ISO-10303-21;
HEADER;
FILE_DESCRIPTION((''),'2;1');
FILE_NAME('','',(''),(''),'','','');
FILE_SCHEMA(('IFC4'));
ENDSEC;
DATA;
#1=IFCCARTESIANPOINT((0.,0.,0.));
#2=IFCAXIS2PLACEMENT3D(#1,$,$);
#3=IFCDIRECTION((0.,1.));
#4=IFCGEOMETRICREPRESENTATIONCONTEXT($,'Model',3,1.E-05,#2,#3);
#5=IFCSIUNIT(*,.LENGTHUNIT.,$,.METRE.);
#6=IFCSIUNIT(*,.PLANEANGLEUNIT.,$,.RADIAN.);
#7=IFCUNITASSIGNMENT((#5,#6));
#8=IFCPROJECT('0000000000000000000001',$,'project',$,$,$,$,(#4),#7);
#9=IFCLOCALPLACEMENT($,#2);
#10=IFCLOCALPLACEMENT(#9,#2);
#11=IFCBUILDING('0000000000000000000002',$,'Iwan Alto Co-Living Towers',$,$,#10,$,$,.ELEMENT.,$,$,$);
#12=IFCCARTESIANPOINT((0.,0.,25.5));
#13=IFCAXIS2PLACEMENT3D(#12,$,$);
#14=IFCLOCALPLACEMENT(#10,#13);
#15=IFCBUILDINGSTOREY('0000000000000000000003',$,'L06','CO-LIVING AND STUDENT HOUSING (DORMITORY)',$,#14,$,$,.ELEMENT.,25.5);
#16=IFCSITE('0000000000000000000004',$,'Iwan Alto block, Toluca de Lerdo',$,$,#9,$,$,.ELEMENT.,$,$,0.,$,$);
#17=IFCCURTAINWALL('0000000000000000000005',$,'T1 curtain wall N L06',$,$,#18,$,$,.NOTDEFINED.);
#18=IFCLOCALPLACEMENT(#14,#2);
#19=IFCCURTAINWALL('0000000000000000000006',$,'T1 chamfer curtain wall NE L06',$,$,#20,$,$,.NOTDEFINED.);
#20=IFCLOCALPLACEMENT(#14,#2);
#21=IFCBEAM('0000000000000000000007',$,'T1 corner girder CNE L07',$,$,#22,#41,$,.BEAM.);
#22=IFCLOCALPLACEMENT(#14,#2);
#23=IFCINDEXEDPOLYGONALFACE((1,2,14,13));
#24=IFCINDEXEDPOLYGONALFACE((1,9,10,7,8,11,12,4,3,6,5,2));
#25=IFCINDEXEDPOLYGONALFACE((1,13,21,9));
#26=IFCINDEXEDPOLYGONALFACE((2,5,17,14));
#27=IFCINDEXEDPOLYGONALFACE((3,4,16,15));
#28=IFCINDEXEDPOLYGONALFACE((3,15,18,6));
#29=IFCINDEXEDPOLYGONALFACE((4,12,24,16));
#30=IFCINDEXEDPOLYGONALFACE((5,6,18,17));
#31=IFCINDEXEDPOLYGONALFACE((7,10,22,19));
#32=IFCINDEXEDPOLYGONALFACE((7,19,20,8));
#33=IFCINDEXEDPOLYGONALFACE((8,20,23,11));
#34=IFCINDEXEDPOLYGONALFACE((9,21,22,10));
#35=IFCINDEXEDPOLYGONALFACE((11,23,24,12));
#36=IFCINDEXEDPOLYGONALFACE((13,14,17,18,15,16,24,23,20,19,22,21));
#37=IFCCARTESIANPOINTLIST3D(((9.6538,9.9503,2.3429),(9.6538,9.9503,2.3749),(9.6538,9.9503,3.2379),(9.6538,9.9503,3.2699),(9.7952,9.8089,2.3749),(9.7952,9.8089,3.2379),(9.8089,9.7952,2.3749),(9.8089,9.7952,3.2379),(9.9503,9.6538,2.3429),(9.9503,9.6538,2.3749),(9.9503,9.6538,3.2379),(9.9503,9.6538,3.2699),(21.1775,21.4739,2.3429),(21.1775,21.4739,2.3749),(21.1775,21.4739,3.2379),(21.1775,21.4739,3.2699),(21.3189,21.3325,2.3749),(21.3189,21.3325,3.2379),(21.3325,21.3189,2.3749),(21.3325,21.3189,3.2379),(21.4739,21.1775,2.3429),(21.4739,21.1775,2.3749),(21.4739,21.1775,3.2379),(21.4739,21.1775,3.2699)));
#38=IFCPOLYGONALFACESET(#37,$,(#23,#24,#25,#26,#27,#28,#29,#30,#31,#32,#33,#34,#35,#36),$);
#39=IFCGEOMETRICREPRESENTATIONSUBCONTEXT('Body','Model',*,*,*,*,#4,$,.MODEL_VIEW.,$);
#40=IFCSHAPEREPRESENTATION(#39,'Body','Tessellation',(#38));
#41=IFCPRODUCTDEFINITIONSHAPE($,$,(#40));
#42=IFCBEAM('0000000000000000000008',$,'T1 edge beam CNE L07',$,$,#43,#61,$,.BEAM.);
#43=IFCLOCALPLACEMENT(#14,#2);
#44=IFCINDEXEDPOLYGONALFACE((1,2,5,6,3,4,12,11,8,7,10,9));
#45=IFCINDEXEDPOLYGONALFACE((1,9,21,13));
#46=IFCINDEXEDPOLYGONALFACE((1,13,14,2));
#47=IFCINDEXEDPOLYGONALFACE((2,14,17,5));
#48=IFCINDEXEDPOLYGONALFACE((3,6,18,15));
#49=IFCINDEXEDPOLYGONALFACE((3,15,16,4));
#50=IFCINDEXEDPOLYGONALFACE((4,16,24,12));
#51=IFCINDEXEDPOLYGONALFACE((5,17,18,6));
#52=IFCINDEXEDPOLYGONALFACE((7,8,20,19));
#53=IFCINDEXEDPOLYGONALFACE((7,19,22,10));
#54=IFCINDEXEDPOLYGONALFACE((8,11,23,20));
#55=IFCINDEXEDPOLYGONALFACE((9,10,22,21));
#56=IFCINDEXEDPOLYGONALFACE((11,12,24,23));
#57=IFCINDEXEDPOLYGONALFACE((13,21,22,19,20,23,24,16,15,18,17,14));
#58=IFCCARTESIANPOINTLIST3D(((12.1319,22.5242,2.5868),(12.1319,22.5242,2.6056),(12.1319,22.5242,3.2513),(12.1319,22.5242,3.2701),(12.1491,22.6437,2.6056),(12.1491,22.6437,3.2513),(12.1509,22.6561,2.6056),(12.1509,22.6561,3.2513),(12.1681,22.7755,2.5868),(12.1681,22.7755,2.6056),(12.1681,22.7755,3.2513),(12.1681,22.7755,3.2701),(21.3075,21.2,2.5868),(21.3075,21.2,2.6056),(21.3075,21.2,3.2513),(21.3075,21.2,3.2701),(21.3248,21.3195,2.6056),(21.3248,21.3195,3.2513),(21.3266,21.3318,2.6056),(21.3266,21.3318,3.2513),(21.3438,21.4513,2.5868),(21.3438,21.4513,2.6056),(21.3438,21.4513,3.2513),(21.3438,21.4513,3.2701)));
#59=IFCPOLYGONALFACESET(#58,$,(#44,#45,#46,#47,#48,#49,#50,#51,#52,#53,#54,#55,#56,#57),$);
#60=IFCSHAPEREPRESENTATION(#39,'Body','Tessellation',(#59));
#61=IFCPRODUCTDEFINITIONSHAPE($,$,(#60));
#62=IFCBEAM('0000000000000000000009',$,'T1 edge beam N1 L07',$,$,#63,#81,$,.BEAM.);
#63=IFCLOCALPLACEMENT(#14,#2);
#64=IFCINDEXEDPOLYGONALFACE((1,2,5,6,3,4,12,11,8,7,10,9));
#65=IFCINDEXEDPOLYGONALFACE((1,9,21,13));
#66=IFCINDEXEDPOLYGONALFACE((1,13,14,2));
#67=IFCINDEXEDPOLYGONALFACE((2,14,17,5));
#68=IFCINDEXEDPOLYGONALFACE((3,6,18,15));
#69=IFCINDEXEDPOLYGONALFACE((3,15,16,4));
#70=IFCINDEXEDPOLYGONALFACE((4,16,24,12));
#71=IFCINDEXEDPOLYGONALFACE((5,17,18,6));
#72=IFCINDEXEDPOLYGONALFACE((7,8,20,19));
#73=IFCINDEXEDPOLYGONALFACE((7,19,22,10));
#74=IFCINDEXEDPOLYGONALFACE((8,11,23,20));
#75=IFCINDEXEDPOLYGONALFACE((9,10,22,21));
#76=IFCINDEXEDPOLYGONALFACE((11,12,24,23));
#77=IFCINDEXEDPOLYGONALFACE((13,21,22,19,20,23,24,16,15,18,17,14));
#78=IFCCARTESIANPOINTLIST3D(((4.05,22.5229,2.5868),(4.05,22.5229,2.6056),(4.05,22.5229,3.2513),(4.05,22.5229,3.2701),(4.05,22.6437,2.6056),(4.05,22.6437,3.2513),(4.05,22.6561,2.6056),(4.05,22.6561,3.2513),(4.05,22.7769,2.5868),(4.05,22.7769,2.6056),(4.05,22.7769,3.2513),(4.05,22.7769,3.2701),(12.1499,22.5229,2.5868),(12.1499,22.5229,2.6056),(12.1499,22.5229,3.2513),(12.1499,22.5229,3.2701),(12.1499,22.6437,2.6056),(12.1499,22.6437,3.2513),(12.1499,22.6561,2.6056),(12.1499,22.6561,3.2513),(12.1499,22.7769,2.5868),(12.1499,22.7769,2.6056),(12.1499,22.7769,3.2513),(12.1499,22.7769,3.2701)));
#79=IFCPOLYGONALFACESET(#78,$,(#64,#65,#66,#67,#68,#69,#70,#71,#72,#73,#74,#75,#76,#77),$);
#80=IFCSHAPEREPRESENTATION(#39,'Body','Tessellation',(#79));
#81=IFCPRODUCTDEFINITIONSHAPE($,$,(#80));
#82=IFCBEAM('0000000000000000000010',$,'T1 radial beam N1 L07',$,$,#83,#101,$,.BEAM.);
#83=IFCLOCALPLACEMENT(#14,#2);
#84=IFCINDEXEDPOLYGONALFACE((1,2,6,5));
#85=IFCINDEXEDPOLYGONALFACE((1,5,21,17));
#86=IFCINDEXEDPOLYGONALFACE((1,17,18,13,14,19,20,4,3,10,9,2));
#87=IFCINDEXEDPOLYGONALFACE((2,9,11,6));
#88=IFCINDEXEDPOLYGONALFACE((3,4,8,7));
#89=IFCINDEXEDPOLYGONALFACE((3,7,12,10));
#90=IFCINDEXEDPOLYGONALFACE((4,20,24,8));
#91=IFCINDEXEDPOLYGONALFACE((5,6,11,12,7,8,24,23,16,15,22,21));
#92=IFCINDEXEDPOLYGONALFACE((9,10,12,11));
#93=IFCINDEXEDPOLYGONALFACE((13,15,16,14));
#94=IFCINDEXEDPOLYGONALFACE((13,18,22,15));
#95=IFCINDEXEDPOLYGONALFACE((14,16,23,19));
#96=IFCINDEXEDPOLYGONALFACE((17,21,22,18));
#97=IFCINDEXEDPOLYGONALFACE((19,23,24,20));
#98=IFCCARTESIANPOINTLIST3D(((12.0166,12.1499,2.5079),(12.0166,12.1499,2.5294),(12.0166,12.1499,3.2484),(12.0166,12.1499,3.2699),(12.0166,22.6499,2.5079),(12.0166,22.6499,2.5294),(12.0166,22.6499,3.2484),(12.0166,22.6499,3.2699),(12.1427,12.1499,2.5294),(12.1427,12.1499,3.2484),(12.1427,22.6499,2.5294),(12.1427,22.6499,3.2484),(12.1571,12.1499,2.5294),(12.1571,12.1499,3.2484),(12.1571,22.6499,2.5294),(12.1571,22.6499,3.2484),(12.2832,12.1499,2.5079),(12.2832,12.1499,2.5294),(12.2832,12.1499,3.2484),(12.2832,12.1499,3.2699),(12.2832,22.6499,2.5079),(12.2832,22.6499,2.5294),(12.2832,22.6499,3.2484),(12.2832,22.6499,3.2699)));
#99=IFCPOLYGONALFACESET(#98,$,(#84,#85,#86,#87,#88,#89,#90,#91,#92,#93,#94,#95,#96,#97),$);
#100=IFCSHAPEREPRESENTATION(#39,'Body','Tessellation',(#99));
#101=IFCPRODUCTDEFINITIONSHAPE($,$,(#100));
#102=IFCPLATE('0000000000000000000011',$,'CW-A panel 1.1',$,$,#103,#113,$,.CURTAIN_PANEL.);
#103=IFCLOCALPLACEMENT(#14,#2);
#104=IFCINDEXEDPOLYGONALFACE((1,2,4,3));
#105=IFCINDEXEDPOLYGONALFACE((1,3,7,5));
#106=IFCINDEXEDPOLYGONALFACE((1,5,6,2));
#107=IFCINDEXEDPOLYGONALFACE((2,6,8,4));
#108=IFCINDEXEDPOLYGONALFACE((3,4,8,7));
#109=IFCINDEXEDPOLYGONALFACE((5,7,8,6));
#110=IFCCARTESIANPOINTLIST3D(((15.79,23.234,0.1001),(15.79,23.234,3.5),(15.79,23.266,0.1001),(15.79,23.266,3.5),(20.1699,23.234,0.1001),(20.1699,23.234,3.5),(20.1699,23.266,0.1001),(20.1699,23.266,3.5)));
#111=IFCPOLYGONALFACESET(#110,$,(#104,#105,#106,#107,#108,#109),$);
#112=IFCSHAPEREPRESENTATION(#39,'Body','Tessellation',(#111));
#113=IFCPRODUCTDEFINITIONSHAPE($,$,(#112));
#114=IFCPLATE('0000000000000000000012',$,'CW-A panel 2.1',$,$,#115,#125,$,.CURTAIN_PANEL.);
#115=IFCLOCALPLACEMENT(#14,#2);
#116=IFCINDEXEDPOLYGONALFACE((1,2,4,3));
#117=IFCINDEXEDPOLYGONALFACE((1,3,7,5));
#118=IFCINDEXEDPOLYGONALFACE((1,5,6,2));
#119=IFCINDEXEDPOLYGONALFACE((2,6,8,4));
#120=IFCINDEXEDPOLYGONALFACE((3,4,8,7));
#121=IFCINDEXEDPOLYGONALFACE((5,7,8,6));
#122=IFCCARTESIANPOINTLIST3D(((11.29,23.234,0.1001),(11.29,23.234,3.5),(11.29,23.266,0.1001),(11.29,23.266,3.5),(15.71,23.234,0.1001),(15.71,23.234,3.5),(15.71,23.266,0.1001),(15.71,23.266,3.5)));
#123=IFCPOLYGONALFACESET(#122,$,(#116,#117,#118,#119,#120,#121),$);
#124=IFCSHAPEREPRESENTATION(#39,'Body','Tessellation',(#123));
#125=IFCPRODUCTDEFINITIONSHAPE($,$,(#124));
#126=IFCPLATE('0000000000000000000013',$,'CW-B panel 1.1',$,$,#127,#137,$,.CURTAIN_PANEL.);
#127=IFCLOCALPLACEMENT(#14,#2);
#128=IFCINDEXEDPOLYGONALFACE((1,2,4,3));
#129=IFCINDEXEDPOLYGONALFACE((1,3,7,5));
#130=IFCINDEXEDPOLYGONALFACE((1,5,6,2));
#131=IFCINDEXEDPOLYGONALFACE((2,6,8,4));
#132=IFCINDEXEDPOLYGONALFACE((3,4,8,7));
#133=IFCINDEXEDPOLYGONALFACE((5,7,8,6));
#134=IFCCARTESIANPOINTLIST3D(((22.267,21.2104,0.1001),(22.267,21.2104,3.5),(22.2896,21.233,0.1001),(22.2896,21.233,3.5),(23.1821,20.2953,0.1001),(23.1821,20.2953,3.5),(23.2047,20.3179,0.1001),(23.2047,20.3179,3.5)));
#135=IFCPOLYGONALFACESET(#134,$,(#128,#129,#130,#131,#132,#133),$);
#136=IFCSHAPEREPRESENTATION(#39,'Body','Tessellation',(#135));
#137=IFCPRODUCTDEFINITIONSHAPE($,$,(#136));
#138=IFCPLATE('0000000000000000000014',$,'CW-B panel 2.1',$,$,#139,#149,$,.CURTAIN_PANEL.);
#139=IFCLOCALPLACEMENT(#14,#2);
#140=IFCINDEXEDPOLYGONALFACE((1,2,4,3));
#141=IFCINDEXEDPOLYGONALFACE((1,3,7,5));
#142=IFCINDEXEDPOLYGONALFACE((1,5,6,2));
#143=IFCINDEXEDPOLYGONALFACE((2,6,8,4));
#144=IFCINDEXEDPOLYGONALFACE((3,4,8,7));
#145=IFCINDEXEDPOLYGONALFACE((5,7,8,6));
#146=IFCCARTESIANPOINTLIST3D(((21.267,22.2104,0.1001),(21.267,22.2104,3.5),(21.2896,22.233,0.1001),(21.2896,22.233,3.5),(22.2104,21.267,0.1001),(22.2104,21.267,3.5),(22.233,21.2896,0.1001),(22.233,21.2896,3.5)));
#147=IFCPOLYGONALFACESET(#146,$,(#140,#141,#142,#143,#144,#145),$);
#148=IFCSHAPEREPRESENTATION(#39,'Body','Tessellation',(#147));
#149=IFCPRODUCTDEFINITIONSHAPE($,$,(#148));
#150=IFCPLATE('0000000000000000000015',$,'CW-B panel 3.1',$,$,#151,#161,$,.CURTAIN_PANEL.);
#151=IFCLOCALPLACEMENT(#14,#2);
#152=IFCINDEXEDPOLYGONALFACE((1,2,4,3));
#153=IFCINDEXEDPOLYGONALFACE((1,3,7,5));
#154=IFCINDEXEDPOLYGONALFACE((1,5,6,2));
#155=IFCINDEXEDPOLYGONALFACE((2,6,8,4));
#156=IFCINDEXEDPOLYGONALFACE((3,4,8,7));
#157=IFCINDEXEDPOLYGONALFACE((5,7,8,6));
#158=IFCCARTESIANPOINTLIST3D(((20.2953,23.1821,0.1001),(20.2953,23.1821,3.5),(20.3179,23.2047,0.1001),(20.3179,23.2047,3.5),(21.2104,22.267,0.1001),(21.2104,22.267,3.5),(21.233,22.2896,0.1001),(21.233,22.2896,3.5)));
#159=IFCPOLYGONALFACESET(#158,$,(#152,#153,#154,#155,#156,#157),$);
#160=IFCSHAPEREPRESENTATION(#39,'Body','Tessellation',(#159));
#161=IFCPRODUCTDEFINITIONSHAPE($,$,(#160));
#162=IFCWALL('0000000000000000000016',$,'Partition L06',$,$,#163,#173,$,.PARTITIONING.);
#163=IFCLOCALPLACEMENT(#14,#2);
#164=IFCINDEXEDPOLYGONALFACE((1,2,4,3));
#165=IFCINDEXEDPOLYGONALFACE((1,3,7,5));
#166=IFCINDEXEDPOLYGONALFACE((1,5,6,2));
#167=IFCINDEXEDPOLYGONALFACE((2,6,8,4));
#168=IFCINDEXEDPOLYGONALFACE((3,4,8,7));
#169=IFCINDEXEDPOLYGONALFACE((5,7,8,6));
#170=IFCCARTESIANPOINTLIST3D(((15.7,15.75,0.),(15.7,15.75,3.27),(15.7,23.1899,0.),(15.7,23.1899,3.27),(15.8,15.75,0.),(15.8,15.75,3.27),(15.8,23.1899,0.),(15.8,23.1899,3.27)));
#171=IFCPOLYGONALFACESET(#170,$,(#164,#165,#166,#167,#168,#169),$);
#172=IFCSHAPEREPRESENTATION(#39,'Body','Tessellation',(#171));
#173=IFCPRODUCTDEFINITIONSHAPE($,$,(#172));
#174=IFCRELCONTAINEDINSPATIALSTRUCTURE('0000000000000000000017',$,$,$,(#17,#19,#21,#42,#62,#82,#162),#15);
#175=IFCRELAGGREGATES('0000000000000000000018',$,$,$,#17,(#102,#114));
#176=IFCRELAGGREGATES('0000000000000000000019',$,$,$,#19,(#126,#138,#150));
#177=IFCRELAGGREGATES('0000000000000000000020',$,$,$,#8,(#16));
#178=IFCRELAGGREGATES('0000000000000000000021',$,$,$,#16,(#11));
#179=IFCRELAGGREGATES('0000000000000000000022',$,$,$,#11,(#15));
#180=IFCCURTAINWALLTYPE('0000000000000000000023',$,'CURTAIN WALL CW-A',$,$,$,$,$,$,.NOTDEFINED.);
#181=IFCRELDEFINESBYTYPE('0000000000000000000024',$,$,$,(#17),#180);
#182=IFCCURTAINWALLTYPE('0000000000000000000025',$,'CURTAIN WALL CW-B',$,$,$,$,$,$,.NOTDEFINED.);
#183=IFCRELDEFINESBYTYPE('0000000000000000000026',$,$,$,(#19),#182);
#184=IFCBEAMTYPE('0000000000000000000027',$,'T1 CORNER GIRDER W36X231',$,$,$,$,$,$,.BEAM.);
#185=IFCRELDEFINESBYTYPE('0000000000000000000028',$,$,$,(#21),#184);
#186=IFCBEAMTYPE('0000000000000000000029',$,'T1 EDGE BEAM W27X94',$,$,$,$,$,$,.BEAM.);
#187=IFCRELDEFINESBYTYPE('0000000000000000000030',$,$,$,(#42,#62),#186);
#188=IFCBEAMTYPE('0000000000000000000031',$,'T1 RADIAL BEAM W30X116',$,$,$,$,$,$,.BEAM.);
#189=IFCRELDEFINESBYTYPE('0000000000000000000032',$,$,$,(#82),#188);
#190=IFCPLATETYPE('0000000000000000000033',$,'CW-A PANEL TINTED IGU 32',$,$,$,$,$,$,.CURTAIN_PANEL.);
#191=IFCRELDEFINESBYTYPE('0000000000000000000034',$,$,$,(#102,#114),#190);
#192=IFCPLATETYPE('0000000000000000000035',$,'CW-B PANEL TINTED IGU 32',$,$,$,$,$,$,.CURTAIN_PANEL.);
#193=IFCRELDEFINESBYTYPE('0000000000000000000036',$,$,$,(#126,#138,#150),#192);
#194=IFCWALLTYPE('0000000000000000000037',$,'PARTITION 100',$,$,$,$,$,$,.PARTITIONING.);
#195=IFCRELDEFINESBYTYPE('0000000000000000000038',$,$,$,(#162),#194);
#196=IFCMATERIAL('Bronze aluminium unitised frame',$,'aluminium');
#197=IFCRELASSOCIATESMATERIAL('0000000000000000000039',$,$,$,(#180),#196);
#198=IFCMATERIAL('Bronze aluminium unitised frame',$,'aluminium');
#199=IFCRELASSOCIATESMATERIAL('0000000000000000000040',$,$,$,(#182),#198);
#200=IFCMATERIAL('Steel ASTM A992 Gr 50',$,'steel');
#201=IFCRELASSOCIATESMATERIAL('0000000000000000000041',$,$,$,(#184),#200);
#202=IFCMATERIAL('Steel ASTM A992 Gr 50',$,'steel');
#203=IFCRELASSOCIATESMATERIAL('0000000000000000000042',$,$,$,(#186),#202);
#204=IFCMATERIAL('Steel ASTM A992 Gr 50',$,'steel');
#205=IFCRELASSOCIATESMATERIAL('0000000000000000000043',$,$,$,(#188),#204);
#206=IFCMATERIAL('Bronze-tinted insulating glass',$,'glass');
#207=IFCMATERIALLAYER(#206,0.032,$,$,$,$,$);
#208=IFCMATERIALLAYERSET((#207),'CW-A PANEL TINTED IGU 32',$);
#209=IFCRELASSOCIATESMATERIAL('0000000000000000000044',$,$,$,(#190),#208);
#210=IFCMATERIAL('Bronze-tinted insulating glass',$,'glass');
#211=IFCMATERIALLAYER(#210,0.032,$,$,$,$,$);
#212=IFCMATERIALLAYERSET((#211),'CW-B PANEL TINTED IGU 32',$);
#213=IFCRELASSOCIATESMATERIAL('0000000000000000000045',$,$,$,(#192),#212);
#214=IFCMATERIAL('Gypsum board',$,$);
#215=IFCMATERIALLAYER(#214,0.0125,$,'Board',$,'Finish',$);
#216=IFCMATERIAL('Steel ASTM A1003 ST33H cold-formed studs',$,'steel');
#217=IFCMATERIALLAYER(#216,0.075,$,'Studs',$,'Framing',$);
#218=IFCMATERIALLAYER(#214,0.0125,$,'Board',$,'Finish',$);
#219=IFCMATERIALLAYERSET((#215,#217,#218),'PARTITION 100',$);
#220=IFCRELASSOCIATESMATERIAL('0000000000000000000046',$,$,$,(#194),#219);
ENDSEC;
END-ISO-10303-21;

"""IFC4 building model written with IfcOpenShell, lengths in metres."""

from ifc_helpers import new_model, si_unit, direction, frame, frame_2d, origin, origin_2d, place, context, subcontext, project, spatial, rectangle, i_section, extrude, material, layer, layer_set, material_profile, profile_set, type_object, element, aggregate, save


model = new_model("IFC4")

# Units and contexts
model_context = context("Model", 3, precision=1e-05, world=origin(), true_north=direction((0.0, 1.0)))
body_context = subcontext(model_context, "Body", "Model", "MODEL_VIEW")
ifc_project = project(units=[si_unit("LENGTHUNIT", "METRE"), si_unit("PLANEANGLEUNIT", "RADIAN")], contexts=[model_context])

# Site, building, storey
site_placement = place(None, origin())
site = spatial("IfcSite", under=ifc_project, at=site_placement, Name="Iwan Alto block, Toluca de Lerdo", CompositionType="ELEMENT", RefElevation=0.0)
building_placement = place(site_placement, origin())
building = spatial("IfcBuilding", under=site, at=building_placement, Name="Iwan Alto Co-Living Towers", CompositionType="ELEMENT")
storey_placement = place(building_placement, frame((0.0, 0.0, 25.5)))
storey = spatial("IfcBuildingStorey", under=building, at=storey_placement, Name="L06", Description="CO-LIVING AND STUDENT HOUSING (DORMITORY)", CompositionType="ELEMENT", Elevation=25.5)

# Curtain walls
ifc_material_1 = material(Name="Bronze aluminium unitised frame", Category="aluminium")
curtain_wall_type_1 = type_object("IfcCurtainWallType", Name="CURTAIN WALL CW-A", PredefinedType="NOTDEFINED", material=ifc_material_1)
curtain_wall_1_placement = place(storey_placement, origin())
curtain_wall_1 = element("IfcCurtainWall", 1, at=curtain_wall_1_placement, inside=storey, type_object=curtain_wall_type_1, Name="T1 curtain wall N L06", PredefinedType="NOTDEFINED")
ifc_material_2 = material(Name="Bronze aluminium unitised frame", Category="aluminium")
curtain_wall_type_2 = type_object("IfcCurtainWallType", Name="CURTAIN WALL CW-B", PredefinedType="NOTDEFINED", material=ifc_material_2)
curtain_wall_2_placement = place(storey_placement, origin())
curtain_wall_2 = element("IfcCurtainWall", 2, at=curtain_wall_2_placement, inside=storey, type_object=curtain_wall_type_2, Name="T1 chamfer curtain wall NE L06", PredefinedType="NOTDEFINED")

# Beams
ifc_material_3 = material(Name="Steel ASTM A992 Gr 50", Category="steel")
ifc_material_profile_1 = material_profile(ifc_material_3, i_section(OverallWidth=0.4192, OverallDepth=0.927, WebThickness=0.0193, FlangeThickness=0.032, at=origin_2d()), Name="W36X231")
ifc_profile_set_1 = profile_set([ifc_material_profile_1], Name="Steel ASTM A992 Gr 50")
beam_type_1 = type_object("IfcBeamType", Name="T1 CORNER GIRDER W36X231", PredefinedType="BEAM", material=ifc_profile_set_1)
beam_1_placement = place(storey_placement, frame((21.3257, 21.3257, 2.8064), z_axis=(-0.707107, -0.707107, 0.0), x_axis=(0.707107, -0.707107, 0.0)))
element("IfcBeam", 3, at=beam_1_placement, inside=storey, type_object=beam_type_1, Name="T1 corner girder CNE L07", PredefinedType="BEAM", context=body_context, shape_type="SweptSolid", body=[
    extrude(i_section(OverallWidth=0.4192, OverallDepth=0.927, WebThickness=0.0193, FlangeThickness=0.032, at=origin_2d()), origin(), (0.0, 0.0, 1.0), 16.2969),
])
ifc_material_4 = material(Name="Steel ASTM A992 Gr 50", Category="steel")
ifc_material_profile_2 = material_profile(ifc_material_4, i_section(OverallWidth=0.2539, OverallDepth=0.6833, WebThickness=0.0125, FlangeThickness=0.0188, at=origin_2d()), Name="W27X94")
ifc_profile_set_2 = profile_set([ifc_material_profile_2], Name="Steel ASTM A992 Gr 50")
beam_type_2 = type_object("IfcBeamType", Name="T1 EDGE BEAM W27X94", PredefinedType="BEAM", material=ifc_profile_set_2)
beam_2_placement = place(storey_placement, frame((21.3257, 21.3257, 2.9285), z_axis=(-0.989746, 0.142837, 0.0), x_axis=(-0.142837, -0.989746, 0.0)))
element("IfcBeam", 4, at=beam_2_placement, inside=storey, type_object=beam_type_2, Name="T1 edge beam CNE L07", PredefinedType="BEAM", context=body_context, shape_type="SweptSolid", body=[
    extrude(i_section(OverallWidth=0.2539, OverallDepth=0.6833, WebThickness=0.0125, FlangeThickness=0.0188, at=origin_2d()), origin(), (0.0, 0.0, 1.0), 9.2708),
])
beam_3_placement = place(storey_placement, frame((12.1499, 22.6499, 2.9285), z_axis=(-1.0, 0.0, 0.0), x_axis=(0.0, -1.0, 0.0)))
element("IfcBeam", 5, at=beam_3_placement, inside=storey, type_object=beam_type_2, Name="T1 edge beam N1 L07", PredefinedType="BEAM", context=body_context, shape_type="SweptSolid", body=[
    extrude(i_section(OverallWidth=0.2539, OverallDepth=0.6833, WebThickness=0.0125, FlangeThickness=0.0188, at=origin_2d()), origin(), (0.0, 0.0, 1.0), 8.0999),
])
ifc_material_5 = material(Name="Steel ASTM A992 Gr 50", Category="steel")
ifc_material_profile_3 = material_profile(ifc_material_5, i_section(OverallWidth=0.2666, OverallDepth=0.762, WebThickness=0.0144, FlangeThickness=0.0215, at=origin_2d()), Name="W30X116")
ifc_profile_set_3 = profile_set([ifc_material_profile_3], Name="Steel ASTM A992 Gr 50")
beam_type_3 = type_object("IfcBeamType", Name="T1 RADIAL BEAM W30X116", PredefinedType="BEAM", material=ifc_profile_set_3)
beam_4_placement = place(storey_placement, frame((12.1499, 22.6499, 2.8889), z_axis=(0.0, -1.0, 0.0), x_axis=(1.0, 0.0, 0.0)))
element("IfcBeam", 6, at=beam_4_placement, inside=storey, type_object=beam_type_3, Name="T1 radial beam N1 L07", PredefinedType="BEAM", context=body_context, shape_type="SweptSolid", body=[
    extrude(i_section(OverallWidth=0.2666, OverallDepth=0.762, WebThickness=0.0144, FlangeThickness=0.0215, at=origin_2d()), origin(), (0.0, 0.0, 1.0), 10.5),
])

# Plates
ifc_material_6 = material(Name="Bronze-tinted insulating glass", Category="glass")
ifc_layer_1 = layer(ifc_material_6, 0.032)
ifc_layer_set_1 = layer_set([ifc_layer_1], Name="CW-A PANEL TINTED IGU 32")
plate_type_1 = type_object("IfcPlateType", Name="CW-A PANEL TINTED IGU 32", PredefinedType="CURTAIN_PANEL", material=ifc_layer_set_1)
plate_1_placement = place(storey_placement, frame((17.98, 23.25, 0.1001), z_axis=(0.0, 0.0, 1.0), x_axis=(-1.0, 0.0, 0.0)))
plate_1 = element("IfcPlate", 7, at=plate_1_placement, type_object=plate_type_1, Name="CW-A panel 1.1", PredefinedType="CURTAIN_PANEL", context=body_context, shape_type="SweptSolid", body=[
    extrude(rectangle(XDim=4.3799, YDim=0.032, at=origin_2d()), origin(), (0.0, 0.0, 1.0), 3.3999),
])
plate_2_placement = place(storey_placement, frame((13.5, 23.25, 0.1001), z_axis=(0.0, 0.0, 1.0), x_axis=(-1.0, 0.0, 0.0)))
plate_2 = element("IfcPlate", 8, at=plate_2_placement, type_object=plate_type_1, Name="CW-A panel 2.1", PredefinedType="CURTAIN_PANEL", context=body_context, shape_type="SweptSolid", body=[
    extrude(rectangle(XDim=4.4199, YDim=0.032, at=origin_2d()), origin(), (0.0, 0.0, 1.0), 3.3999),
])
aggregate(curtain_wall_1, [plate_1, plate_2])
ifc_material_7 = material(Name="Bronze-tinted insulating glass", Category="glass")
ifc_layer_2 = layer(ifc_material_7, 0.032)
ifc_layer_set_2 = layer_set([ifc_layer_2], Name="CW-B PANEL TINTED IGU 32")
plate_type_2 = type_object("IfcPlateType", Name="CW-B PANEL TINTED IGU 32", PredefinedType="CURTAIN_PANEL", material=ifc_layer_set_2)
plate_3_placement = place(storey_placement, frame((22.7358, 20.7642, 0.1001), z_axis=(0.0, 0.0, 1.0), x_axis=(-0.707107, 0.707107, 0.0)))
plate_3 = element("IfcPlate", 9, at=plate_3_placement, type_object=plate_type_2, Name="CW-B panel 1.1", PredefinedType="CURTAIN_PANEL", context=body_context, shape_type="SweptSolid", body=[
    extrude(rectangle(XDim=1.2942, YDim=0.032, at=origin_2d()), origin(), (0.0, 0.0, 1.0), 3.3999),
])
plate_4_placement = place(storey_placement, frame((21.75, 21.75, 0.1001), z_axis=(0.0, 0.0, 1.0), x_axis=(-0.707107, 0.707107, 0.0)))
plate_4 = element("IfcPlate", 10, at=plate_4_placement, type_object=plate_type_2, Name="CW-B panel 2.1", PredefinedType="CURTAIN_PANEL", context=body_context, shape_type="SweptSolid", body=[
    extrude(rectangle(XDim=1.3342, YDim=0.032, at=origin_2d()), origin(), (0.0, 0.0, 1.0), 3.3999),
])
plate_5_placement = place(storey_placement, frame((20.7642, 22.7358, 0.1001), z_axis=(0.0, 0.0, 1.0), x_axis=(-0.707107, 0.707107, 0.0)))
plate_5 = element("IfcPlate", 11, at=plate_5_placement, type_object=plate_type_2, Name="CW-B panel 3.1", PredefinedType="CURTAIN_PANEL", context=body_context, shape_type="SweptSolid", body=[
    extrude(rectangle(XDim=1.2942, YDim=0.032, at=origin_2d()), origin(), (0.0, 0.0, 1.0), 3.3999),
])
aggregate(curtain_wall_2, [plate_3, plate_4, plate_5])

# Wall
ifc_material_8 = material(Name="Gypsum board")
ifc_layer_3 = layer(ifc_material_8, 0.0125, Name="Board", Category="Finish")
ifc_material_9 = material(Name="Steel ASTM A1003 ST33H cold-formed studs", Category="steel")
ifc_layer_4 = layer(ifc_material_9, 0.075, Name="Studs", Category="Framing")
ifc_layer_5 = layer(ifc_material_8, 0.0125, Name="Board", Category="Finish")
ifc_layer_set_3 = layer_set([ifc_layer_3, ifc_layer_4, ifc_layer_5], Name="PARTITION 100")
wall_type = type_object("IfcWallType", Name="PARTITION 100", PredefinedType="PARTITIONING", material=ifc_layer_set_3)
wall_placement = place(storey_placement, frame((15.75, 15.75, 0.0), z_axis=(0.0, 0.0, 1.0), x_axis=(0.0, 1.0, 0.0)))
element("IfcWall", 12, at=wall_placement, inside=storey, type_object=wall_type, Name="Partition L06", PredefinedType="PARTITIONING", context=body_context, shape_type="SweptSolid", body=[
    extrude(rectangle(XDim=7.4399, YDim=0.1001, at=frame_2d((3.72, 0.0))), origin(), (0.0, 0.0, 1.0), 3.27),
])

save(model, "model.ifc")
